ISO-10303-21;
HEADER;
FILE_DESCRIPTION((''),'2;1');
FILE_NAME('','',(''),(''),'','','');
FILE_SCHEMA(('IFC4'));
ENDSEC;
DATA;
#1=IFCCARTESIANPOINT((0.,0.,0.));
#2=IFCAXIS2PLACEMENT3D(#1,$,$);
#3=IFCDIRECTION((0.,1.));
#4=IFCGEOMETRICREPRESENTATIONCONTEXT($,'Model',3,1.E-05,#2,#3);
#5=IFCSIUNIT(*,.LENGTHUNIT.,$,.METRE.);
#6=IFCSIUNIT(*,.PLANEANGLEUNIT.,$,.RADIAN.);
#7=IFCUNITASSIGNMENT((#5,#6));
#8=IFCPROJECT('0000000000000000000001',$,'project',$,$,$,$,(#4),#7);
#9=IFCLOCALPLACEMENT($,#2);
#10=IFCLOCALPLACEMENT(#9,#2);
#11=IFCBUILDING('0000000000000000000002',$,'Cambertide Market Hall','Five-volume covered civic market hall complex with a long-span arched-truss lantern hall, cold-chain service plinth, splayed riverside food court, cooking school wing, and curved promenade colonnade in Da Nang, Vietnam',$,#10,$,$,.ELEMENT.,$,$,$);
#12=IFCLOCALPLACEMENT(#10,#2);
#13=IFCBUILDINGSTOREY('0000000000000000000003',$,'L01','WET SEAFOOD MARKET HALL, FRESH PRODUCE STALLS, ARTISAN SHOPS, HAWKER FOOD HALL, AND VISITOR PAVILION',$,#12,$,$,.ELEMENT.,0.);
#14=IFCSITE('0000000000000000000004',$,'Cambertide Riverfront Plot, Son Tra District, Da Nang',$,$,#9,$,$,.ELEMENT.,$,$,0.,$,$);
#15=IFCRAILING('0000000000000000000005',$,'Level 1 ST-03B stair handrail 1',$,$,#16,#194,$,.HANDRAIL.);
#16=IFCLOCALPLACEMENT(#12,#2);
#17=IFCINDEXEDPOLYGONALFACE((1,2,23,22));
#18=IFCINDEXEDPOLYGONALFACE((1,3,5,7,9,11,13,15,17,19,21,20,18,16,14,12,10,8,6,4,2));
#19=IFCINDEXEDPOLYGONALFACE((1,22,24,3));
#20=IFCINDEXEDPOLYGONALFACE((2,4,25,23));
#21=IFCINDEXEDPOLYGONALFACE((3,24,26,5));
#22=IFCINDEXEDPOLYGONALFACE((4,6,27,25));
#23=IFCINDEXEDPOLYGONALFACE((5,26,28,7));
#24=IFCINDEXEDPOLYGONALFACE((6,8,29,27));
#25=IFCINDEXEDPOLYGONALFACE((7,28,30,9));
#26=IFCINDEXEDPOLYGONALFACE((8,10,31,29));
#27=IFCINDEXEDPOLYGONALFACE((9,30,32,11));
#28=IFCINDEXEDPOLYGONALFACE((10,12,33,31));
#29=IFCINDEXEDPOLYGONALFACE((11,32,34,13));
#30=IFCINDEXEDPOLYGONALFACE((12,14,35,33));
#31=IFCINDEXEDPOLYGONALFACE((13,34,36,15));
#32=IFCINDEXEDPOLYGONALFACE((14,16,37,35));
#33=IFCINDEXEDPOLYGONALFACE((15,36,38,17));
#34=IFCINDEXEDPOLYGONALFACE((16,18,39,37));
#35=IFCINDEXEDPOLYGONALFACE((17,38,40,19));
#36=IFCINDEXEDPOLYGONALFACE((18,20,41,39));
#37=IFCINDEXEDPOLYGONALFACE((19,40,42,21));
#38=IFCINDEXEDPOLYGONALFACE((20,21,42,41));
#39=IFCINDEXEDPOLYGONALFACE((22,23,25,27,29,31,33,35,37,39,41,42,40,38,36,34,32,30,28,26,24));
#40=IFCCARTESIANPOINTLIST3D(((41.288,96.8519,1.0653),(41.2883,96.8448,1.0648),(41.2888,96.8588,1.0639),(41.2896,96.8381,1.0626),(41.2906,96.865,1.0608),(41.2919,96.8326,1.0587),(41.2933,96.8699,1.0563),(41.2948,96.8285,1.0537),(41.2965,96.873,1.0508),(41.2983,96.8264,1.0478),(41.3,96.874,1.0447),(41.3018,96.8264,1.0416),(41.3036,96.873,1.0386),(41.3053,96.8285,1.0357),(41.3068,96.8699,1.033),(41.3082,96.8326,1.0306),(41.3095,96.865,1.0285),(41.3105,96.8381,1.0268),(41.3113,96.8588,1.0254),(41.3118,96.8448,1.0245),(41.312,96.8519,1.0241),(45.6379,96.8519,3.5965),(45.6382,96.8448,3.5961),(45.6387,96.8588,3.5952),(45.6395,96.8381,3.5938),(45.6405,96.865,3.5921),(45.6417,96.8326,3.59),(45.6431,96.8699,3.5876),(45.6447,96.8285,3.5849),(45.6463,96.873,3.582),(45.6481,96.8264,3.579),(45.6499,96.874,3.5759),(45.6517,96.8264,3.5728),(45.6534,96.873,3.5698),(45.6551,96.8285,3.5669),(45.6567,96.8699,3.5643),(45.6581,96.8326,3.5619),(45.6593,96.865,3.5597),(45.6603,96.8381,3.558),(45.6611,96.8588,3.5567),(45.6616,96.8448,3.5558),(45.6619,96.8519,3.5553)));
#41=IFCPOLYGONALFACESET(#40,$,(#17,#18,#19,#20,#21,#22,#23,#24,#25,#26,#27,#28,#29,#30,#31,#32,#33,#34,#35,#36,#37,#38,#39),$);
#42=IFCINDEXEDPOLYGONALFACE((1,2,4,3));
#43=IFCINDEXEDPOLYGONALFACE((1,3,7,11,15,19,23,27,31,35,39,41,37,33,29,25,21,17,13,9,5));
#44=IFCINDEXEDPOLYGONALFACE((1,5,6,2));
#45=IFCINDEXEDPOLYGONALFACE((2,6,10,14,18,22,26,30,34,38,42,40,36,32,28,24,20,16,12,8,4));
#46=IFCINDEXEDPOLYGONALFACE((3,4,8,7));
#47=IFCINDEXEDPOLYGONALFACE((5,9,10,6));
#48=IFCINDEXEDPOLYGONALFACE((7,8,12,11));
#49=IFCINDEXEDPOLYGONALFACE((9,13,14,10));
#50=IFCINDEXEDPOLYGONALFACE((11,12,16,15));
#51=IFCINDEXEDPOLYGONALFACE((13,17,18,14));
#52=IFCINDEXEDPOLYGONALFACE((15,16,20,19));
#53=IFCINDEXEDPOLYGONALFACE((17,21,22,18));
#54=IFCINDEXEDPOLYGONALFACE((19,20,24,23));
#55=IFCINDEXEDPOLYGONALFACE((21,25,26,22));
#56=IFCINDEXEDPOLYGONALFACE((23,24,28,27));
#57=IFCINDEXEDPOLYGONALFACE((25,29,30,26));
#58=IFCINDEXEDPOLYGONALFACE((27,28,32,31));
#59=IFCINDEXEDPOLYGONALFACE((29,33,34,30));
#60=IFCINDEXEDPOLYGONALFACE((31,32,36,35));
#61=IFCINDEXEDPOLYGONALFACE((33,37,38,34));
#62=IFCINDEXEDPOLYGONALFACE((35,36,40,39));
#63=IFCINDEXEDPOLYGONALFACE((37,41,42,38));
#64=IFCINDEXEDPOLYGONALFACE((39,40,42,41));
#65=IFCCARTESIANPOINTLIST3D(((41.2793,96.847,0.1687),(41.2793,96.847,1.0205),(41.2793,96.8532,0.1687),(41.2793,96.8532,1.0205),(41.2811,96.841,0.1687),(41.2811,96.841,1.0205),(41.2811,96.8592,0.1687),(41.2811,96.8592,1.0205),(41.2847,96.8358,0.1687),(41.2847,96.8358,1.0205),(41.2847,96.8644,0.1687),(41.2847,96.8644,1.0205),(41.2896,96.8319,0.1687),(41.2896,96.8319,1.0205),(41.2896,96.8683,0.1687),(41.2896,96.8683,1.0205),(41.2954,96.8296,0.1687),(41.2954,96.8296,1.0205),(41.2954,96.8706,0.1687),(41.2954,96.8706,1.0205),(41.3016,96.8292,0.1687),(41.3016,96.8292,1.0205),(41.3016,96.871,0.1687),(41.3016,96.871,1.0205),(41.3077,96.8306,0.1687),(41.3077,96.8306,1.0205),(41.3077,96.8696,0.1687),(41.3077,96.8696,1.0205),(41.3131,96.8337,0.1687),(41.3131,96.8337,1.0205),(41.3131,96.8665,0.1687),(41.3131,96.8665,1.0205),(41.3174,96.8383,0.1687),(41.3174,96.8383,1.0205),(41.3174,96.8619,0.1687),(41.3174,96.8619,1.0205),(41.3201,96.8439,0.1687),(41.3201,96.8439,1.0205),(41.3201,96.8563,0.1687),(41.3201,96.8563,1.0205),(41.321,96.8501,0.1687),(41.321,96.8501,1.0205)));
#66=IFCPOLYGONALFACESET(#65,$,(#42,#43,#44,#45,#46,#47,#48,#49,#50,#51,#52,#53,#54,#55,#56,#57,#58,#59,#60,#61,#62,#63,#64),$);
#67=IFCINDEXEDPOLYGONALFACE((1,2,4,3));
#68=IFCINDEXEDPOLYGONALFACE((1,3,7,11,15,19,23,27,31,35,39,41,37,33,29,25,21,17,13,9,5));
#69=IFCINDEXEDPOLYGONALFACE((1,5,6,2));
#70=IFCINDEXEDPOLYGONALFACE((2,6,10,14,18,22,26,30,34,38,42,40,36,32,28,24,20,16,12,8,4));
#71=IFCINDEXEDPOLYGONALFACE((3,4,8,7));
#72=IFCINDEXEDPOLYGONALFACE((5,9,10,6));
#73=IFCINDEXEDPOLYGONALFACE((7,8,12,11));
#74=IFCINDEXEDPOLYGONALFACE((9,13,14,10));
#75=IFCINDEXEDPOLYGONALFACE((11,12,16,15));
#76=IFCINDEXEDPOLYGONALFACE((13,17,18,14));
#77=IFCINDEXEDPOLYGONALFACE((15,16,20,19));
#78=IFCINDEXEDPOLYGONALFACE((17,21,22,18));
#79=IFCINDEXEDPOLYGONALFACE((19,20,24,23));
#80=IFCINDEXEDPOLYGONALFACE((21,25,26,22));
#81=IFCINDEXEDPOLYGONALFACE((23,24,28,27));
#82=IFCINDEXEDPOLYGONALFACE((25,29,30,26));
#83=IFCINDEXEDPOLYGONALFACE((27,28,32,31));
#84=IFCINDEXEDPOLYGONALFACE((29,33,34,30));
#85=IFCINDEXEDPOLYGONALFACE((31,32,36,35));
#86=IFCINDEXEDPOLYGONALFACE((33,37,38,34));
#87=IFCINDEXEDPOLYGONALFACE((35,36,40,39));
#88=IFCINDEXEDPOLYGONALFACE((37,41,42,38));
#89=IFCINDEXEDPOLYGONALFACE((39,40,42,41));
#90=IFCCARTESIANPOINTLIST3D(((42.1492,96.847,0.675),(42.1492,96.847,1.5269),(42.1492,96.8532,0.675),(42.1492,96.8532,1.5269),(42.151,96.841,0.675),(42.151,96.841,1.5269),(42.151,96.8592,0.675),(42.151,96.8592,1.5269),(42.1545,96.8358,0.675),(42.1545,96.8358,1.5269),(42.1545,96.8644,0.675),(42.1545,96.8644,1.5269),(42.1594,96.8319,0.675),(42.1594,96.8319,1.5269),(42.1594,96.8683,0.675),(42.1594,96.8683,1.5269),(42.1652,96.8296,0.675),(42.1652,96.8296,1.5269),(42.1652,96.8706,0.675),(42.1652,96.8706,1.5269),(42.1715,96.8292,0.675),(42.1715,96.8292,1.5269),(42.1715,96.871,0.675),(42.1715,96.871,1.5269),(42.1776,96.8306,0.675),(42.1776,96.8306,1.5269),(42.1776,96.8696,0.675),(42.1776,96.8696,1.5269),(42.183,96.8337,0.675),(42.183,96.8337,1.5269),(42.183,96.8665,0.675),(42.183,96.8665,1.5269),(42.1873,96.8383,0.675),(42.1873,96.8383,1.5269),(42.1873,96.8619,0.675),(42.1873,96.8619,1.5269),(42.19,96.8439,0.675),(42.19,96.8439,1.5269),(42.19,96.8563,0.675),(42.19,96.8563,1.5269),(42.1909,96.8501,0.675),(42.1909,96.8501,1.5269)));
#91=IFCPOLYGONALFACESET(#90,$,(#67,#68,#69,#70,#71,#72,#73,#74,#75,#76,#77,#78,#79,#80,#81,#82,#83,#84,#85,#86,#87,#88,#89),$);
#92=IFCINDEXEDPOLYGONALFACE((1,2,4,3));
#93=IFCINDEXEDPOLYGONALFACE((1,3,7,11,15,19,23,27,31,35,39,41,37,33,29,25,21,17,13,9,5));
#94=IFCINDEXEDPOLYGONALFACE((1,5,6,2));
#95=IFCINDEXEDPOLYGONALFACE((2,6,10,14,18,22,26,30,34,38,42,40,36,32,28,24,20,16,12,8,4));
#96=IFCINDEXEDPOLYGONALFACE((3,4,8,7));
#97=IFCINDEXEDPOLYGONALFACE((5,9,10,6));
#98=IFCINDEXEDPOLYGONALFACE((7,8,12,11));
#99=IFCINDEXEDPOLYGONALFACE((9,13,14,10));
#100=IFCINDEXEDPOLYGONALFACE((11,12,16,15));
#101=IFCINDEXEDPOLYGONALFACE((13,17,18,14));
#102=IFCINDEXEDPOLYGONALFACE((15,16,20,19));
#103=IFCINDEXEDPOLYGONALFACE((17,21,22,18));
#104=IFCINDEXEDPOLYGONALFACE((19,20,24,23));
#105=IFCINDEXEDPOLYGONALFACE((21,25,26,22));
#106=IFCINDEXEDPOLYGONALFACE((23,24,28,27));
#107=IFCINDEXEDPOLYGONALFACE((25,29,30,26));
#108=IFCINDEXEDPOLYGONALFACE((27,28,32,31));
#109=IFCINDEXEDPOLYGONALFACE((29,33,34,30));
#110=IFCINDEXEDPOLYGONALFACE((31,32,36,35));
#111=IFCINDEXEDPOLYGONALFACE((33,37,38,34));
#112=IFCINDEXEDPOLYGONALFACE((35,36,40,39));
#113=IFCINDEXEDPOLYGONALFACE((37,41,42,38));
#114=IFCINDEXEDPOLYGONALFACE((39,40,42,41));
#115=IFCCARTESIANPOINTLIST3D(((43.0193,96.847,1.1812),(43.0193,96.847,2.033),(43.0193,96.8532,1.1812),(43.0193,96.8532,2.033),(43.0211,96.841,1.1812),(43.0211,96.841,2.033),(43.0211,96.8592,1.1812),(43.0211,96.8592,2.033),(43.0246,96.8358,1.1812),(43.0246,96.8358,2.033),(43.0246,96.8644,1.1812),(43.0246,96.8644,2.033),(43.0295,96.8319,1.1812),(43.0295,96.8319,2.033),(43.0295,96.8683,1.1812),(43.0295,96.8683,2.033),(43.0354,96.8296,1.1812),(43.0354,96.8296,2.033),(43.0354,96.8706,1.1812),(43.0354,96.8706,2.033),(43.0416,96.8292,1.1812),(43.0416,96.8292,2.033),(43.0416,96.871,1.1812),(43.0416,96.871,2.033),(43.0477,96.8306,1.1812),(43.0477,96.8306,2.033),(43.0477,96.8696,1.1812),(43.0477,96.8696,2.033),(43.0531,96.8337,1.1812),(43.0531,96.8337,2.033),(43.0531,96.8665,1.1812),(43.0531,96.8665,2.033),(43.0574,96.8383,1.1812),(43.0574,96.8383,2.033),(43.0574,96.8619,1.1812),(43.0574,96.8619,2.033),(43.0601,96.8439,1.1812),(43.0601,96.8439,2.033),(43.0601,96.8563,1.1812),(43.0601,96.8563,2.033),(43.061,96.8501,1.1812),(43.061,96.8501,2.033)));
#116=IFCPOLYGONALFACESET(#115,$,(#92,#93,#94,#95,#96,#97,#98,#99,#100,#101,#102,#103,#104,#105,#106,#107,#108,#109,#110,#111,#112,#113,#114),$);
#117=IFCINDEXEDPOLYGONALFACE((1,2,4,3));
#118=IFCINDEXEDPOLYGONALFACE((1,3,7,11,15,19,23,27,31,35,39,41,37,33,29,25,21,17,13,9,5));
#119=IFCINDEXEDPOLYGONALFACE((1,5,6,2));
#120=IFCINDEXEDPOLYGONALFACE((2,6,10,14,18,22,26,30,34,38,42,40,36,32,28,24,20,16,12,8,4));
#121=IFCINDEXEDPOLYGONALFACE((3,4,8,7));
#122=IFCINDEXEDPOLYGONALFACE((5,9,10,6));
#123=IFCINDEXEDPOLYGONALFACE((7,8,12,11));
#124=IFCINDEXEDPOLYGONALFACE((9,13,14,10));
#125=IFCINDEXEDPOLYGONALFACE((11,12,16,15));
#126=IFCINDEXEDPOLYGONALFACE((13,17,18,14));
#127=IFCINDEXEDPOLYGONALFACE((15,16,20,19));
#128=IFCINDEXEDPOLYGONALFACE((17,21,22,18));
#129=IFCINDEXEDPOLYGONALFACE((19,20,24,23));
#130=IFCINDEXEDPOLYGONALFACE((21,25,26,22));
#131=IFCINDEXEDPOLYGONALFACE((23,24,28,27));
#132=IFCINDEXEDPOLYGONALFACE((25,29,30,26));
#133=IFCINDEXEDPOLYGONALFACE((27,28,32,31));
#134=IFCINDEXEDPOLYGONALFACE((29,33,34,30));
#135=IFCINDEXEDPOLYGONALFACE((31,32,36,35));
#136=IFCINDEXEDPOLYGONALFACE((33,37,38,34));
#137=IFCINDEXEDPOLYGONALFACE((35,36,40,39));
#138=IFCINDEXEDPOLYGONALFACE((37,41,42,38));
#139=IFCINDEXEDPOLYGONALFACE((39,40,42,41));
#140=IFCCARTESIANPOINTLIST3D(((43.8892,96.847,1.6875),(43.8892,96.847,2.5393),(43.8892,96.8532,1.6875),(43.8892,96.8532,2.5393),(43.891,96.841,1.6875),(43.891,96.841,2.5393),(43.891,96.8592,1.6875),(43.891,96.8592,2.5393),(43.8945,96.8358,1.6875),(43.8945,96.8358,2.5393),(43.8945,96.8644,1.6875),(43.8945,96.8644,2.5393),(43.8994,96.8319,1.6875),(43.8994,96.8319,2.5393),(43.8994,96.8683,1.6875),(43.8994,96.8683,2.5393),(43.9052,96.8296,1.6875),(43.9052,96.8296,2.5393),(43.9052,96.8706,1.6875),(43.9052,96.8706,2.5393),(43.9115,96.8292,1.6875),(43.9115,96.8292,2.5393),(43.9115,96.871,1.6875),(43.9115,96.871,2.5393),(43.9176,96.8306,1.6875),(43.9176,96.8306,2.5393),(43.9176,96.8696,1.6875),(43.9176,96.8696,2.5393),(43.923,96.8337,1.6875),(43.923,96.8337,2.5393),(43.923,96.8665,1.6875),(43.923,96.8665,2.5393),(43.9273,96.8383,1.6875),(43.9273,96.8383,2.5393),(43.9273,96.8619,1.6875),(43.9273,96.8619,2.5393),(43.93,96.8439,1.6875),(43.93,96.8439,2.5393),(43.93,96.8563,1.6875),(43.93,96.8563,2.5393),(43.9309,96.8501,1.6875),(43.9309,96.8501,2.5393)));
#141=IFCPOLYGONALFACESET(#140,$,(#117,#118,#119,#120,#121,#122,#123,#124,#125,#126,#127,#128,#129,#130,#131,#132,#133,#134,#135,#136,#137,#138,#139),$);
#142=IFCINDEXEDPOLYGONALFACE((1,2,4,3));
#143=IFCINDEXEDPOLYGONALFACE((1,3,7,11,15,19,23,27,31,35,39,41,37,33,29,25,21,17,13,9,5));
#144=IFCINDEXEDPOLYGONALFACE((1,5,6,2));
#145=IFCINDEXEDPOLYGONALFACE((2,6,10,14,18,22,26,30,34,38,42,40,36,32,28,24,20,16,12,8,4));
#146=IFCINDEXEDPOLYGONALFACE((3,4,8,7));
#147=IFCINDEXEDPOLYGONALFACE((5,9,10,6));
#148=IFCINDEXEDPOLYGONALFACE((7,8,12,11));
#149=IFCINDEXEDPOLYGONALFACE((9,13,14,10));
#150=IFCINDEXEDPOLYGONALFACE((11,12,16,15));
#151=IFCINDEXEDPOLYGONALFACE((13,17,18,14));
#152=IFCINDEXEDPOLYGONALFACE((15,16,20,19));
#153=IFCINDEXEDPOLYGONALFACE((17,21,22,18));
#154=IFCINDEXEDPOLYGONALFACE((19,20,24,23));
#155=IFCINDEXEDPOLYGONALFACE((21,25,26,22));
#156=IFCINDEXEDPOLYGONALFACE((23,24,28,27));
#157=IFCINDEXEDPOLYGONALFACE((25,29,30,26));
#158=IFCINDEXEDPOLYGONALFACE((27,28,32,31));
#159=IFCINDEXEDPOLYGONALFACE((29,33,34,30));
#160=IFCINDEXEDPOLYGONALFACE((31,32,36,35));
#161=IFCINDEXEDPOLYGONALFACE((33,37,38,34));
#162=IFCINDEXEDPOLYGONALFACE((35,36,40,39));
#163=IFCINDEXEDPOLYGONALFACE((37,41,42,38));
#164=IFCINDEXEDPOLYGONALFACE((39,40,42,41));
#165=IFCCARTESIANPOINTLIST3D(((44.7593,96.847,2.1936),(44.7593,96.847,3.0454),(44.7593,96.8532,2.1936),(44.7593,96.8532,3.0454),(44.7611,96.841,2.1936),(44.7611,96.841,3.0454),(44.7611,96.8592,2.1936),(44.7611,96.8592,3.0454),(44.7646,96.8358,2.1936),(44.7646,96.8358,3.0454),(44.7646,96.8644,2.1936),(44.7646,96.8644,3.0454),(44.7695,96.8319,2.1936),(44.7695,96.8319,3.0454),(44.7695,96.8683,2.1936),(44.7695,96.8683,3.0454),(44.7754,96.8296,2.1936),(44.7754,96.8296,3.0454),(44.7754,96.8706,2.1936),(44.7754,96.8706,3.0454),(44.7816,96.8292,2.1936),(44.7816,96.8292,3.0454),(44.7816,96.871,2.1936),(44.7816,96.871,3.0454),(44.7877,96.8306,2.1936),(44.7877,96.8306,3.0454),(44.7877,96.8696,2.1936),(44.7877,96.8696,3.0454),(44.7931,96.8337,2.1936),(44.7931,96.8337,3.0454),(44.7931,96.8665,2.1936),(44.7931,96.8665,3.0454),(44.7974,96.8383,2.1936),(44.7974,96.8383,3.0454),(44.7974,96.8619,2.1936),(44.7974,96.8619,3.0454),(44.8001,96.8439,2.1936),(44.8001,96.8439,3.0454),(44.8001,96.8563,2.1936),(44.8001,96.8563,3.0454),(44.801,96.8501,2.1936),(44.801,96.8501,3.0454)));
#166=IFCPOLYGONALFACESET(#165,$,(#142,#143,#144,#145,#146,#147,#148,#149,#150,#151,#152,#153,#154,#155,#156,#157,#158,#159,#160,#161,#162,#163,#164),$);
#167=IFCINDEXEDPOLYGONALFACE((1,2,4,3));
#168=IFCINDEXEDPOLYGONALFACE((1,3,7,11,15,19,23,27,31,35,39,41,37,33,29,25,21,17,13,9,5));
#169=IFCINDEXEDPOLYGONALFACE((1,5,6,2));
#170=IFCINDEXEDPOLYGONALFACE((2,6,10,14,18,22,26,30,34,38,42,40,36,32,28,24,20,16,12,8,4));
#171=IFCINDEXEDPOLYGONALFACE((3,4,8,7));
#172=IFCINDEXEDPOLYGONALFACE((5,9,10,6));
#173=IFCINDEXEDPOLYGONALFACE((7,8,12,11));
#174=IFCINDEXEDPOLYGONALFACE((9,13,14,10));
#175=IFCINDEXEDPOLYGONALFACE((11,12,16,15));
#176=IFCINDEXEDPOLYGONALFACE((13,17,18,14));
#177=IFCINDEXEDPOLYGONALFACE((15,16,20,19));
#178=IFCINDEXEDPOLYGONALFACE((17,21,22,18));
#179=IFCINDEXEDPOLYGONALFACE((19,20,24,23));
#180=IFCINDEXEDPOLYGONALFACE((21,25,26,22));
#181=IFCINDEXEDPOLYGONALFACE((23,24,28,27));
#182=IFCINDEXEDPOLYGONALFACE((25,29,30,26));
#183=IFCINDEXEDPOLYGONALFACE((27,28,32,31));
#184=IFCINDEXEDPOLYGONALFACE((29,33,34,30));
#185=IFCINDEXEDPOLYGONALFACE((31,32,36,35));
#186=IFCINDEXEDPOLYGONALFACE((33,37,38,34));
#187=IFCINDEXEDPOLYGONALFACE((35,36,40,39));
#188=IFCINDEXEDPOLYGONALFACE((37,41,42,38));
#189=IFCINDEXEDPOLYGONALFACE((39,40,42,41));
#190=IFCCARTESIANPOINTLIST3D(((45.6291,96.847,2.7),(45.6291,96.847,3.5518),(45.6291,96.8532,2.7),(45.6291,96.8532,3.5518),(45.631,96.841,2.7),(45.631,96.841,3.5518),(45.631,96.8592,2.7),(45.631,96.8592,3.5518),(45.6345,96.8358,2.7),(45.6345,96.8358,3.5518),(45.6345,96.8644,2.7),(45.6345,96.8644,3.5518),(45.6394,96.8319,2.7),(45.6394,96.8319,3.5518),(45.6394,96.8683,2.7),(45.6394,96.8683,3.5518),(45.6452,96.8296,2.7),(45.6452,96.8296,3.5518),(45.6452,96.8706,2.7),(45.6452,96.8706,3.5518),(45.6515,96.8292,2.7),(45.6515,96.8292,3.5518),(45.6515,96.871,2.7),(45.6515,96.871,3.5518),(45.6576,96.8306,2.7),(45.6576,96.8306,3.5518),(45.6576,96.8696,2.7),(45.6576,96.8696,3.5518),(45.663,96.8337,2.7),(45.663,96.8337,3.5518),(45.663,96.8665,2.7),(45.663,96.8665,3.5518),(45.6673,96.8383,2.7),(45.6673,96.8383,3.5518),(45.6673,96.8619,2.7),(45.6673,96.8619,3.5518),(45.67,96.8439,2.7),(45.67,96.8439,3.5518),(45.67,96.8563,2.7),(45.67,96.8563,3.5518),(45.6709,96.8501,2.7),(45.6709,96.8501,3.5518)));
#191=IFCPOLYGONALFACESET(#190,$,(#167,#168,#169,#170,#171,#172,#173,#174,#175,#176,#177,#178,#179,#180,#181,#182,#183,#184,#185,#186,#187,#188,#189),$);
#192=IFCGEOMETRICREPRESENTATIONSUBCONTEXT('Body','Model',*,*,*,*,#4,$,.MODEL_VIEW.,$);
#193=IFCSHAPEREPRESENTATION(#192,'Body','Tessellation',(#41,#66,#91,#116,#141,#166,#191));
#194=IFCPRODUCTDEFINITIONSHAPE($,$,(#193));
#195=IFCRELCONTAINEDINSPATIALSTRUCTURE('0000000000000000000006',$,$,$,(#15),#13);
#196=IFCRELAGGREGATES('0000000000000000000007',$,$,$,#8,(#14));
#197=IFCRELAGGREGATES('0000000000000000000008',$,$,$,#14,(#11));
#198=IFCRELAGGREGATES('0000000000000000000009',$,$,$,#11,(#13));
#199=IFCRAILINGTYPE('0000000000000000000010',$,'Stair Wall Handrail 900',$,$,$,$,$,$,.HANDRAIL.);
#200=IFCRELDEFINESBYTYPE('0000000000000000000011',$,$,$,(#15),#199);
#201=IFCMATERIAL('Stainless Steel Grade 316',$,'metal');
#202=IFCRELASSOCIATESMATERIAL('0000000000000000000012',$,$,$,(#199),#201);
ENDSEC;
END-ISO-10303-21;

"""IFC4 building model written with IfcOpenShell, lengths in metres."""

from ifc_helpers import new_model, si_unit, direction, frame, origin, origin_2d, place, context, subcontext, project, spatial, circle, extrude, material, type_object, element, save


model = new_model("IFC4")

# Units and contexts
model_context = context("Model", 3, precision=1e-05, world=origin(), true_north=direction((0.0, 1.0)))
body_context = subcontext(model_context, "Body", "Model", "MODEL_VIEW")
ifc_project = project(units=[si_unit("LENGTHUNIT", "METRE"), si_unit("PLANEANGLEUNIT", "RADIAN")], contexts=[model_context])

# Site, building, storey
site_placement = place(None, origin())
site = spatial("IfcSite", under=ifc_project, at=site_placement, Name="Cambertide Riverfront Plot, Son Tra District, Da Nang", CompositionType="ELEMENT", RefElevation=0.0)
building_placement = place(site_placement, origin())
building = spatial("IfcBuilding", under=site, at=building_placement, Name="Cambertide Market Hall", Description="Five-volume covered civic market hall complex with a long-span arched-truss lantern hall, cold-chain service plinth, splayed riverside food court, cooking school wing, and curved promenade colonnade in Da Nang, Vietnam", CompositionType="ELEMENT")
storey_placement = place(building_placement, origin())
storey = spatial("IfcBuildingStorey", under=building, at=storey_placement, Name="L01", Description="WET SEAFOOD MARKET HALL, FRESH PRODUCE STALLS, ARTISAN SHOPS, HAWKER FOOD HALL, AND VISITOR PAVILION", CompositionType="ELEMENT", Elevation=0.0)

# Railing
ifc_material_1 = material(Name="Stainless Steel Grade 316", Category="metal")
railing_type_1 = type_object("IfcRailingType", Name="Stair Wall Handrail 900", PredefinedType="HANDRAIL", material=ifc_material_1)
railing_1_placement = place(storey_placement, frame((41.3, 96.8501, 0.1687)))
element("IfcRailing", 1, at=railing_1_placement, inside=storey, type_object=railing_type_1, Name="Level 1 ST-03B stair handrail 1", PredefinedType="HANDRAIL", context=body_context, shape_type="SweptSolid", body=[
    extrude(circle(Radius=0.0239, at=origin_2d()), frame((0.0, 0.0, 0.876), z_axis=(0.864312, 0.0, 0.502957), x_axis=(0.0, 1.0, 0.0)), (0.0, 0.0, 1.0), 5.0327),
    extrude(circle(Radius=0.021, at=origin_2d()), origin(), (0.0, 0.0, 1.0), 0.8518),
    extrude(circle(Radius=0.021, at=origin_2d()), frame((0.8699, 0.0, 0.5063)), (0.0, 0.0, 1.0), 0.8518),
    extrude(circle(Radius=0.021, at=origin_2d()), frame((1.74, 0.0, 1.0125)), (0.0, 0.0, 1.0), 0.8518),
    extrude(circle(Radius=0.021, at=origin_2d()), frame((2.6099, 0.0, 1.5188)), (0.0, 0.0, 1.0), 0.8518),
    extrude(circle(Radius=0.021, at=origin_2d()), frame((3.48, 0.0, 2.0249)), (0.0, 0.0, 1.0), 0.8518),
    extrude(circle(Radius=0.021, at=origin_2d()), frame((4.3499, 0.0, 2.5312)), (0.0, 0.0, 1.0), 0.8518),
])

save(model, "model.ifc")
